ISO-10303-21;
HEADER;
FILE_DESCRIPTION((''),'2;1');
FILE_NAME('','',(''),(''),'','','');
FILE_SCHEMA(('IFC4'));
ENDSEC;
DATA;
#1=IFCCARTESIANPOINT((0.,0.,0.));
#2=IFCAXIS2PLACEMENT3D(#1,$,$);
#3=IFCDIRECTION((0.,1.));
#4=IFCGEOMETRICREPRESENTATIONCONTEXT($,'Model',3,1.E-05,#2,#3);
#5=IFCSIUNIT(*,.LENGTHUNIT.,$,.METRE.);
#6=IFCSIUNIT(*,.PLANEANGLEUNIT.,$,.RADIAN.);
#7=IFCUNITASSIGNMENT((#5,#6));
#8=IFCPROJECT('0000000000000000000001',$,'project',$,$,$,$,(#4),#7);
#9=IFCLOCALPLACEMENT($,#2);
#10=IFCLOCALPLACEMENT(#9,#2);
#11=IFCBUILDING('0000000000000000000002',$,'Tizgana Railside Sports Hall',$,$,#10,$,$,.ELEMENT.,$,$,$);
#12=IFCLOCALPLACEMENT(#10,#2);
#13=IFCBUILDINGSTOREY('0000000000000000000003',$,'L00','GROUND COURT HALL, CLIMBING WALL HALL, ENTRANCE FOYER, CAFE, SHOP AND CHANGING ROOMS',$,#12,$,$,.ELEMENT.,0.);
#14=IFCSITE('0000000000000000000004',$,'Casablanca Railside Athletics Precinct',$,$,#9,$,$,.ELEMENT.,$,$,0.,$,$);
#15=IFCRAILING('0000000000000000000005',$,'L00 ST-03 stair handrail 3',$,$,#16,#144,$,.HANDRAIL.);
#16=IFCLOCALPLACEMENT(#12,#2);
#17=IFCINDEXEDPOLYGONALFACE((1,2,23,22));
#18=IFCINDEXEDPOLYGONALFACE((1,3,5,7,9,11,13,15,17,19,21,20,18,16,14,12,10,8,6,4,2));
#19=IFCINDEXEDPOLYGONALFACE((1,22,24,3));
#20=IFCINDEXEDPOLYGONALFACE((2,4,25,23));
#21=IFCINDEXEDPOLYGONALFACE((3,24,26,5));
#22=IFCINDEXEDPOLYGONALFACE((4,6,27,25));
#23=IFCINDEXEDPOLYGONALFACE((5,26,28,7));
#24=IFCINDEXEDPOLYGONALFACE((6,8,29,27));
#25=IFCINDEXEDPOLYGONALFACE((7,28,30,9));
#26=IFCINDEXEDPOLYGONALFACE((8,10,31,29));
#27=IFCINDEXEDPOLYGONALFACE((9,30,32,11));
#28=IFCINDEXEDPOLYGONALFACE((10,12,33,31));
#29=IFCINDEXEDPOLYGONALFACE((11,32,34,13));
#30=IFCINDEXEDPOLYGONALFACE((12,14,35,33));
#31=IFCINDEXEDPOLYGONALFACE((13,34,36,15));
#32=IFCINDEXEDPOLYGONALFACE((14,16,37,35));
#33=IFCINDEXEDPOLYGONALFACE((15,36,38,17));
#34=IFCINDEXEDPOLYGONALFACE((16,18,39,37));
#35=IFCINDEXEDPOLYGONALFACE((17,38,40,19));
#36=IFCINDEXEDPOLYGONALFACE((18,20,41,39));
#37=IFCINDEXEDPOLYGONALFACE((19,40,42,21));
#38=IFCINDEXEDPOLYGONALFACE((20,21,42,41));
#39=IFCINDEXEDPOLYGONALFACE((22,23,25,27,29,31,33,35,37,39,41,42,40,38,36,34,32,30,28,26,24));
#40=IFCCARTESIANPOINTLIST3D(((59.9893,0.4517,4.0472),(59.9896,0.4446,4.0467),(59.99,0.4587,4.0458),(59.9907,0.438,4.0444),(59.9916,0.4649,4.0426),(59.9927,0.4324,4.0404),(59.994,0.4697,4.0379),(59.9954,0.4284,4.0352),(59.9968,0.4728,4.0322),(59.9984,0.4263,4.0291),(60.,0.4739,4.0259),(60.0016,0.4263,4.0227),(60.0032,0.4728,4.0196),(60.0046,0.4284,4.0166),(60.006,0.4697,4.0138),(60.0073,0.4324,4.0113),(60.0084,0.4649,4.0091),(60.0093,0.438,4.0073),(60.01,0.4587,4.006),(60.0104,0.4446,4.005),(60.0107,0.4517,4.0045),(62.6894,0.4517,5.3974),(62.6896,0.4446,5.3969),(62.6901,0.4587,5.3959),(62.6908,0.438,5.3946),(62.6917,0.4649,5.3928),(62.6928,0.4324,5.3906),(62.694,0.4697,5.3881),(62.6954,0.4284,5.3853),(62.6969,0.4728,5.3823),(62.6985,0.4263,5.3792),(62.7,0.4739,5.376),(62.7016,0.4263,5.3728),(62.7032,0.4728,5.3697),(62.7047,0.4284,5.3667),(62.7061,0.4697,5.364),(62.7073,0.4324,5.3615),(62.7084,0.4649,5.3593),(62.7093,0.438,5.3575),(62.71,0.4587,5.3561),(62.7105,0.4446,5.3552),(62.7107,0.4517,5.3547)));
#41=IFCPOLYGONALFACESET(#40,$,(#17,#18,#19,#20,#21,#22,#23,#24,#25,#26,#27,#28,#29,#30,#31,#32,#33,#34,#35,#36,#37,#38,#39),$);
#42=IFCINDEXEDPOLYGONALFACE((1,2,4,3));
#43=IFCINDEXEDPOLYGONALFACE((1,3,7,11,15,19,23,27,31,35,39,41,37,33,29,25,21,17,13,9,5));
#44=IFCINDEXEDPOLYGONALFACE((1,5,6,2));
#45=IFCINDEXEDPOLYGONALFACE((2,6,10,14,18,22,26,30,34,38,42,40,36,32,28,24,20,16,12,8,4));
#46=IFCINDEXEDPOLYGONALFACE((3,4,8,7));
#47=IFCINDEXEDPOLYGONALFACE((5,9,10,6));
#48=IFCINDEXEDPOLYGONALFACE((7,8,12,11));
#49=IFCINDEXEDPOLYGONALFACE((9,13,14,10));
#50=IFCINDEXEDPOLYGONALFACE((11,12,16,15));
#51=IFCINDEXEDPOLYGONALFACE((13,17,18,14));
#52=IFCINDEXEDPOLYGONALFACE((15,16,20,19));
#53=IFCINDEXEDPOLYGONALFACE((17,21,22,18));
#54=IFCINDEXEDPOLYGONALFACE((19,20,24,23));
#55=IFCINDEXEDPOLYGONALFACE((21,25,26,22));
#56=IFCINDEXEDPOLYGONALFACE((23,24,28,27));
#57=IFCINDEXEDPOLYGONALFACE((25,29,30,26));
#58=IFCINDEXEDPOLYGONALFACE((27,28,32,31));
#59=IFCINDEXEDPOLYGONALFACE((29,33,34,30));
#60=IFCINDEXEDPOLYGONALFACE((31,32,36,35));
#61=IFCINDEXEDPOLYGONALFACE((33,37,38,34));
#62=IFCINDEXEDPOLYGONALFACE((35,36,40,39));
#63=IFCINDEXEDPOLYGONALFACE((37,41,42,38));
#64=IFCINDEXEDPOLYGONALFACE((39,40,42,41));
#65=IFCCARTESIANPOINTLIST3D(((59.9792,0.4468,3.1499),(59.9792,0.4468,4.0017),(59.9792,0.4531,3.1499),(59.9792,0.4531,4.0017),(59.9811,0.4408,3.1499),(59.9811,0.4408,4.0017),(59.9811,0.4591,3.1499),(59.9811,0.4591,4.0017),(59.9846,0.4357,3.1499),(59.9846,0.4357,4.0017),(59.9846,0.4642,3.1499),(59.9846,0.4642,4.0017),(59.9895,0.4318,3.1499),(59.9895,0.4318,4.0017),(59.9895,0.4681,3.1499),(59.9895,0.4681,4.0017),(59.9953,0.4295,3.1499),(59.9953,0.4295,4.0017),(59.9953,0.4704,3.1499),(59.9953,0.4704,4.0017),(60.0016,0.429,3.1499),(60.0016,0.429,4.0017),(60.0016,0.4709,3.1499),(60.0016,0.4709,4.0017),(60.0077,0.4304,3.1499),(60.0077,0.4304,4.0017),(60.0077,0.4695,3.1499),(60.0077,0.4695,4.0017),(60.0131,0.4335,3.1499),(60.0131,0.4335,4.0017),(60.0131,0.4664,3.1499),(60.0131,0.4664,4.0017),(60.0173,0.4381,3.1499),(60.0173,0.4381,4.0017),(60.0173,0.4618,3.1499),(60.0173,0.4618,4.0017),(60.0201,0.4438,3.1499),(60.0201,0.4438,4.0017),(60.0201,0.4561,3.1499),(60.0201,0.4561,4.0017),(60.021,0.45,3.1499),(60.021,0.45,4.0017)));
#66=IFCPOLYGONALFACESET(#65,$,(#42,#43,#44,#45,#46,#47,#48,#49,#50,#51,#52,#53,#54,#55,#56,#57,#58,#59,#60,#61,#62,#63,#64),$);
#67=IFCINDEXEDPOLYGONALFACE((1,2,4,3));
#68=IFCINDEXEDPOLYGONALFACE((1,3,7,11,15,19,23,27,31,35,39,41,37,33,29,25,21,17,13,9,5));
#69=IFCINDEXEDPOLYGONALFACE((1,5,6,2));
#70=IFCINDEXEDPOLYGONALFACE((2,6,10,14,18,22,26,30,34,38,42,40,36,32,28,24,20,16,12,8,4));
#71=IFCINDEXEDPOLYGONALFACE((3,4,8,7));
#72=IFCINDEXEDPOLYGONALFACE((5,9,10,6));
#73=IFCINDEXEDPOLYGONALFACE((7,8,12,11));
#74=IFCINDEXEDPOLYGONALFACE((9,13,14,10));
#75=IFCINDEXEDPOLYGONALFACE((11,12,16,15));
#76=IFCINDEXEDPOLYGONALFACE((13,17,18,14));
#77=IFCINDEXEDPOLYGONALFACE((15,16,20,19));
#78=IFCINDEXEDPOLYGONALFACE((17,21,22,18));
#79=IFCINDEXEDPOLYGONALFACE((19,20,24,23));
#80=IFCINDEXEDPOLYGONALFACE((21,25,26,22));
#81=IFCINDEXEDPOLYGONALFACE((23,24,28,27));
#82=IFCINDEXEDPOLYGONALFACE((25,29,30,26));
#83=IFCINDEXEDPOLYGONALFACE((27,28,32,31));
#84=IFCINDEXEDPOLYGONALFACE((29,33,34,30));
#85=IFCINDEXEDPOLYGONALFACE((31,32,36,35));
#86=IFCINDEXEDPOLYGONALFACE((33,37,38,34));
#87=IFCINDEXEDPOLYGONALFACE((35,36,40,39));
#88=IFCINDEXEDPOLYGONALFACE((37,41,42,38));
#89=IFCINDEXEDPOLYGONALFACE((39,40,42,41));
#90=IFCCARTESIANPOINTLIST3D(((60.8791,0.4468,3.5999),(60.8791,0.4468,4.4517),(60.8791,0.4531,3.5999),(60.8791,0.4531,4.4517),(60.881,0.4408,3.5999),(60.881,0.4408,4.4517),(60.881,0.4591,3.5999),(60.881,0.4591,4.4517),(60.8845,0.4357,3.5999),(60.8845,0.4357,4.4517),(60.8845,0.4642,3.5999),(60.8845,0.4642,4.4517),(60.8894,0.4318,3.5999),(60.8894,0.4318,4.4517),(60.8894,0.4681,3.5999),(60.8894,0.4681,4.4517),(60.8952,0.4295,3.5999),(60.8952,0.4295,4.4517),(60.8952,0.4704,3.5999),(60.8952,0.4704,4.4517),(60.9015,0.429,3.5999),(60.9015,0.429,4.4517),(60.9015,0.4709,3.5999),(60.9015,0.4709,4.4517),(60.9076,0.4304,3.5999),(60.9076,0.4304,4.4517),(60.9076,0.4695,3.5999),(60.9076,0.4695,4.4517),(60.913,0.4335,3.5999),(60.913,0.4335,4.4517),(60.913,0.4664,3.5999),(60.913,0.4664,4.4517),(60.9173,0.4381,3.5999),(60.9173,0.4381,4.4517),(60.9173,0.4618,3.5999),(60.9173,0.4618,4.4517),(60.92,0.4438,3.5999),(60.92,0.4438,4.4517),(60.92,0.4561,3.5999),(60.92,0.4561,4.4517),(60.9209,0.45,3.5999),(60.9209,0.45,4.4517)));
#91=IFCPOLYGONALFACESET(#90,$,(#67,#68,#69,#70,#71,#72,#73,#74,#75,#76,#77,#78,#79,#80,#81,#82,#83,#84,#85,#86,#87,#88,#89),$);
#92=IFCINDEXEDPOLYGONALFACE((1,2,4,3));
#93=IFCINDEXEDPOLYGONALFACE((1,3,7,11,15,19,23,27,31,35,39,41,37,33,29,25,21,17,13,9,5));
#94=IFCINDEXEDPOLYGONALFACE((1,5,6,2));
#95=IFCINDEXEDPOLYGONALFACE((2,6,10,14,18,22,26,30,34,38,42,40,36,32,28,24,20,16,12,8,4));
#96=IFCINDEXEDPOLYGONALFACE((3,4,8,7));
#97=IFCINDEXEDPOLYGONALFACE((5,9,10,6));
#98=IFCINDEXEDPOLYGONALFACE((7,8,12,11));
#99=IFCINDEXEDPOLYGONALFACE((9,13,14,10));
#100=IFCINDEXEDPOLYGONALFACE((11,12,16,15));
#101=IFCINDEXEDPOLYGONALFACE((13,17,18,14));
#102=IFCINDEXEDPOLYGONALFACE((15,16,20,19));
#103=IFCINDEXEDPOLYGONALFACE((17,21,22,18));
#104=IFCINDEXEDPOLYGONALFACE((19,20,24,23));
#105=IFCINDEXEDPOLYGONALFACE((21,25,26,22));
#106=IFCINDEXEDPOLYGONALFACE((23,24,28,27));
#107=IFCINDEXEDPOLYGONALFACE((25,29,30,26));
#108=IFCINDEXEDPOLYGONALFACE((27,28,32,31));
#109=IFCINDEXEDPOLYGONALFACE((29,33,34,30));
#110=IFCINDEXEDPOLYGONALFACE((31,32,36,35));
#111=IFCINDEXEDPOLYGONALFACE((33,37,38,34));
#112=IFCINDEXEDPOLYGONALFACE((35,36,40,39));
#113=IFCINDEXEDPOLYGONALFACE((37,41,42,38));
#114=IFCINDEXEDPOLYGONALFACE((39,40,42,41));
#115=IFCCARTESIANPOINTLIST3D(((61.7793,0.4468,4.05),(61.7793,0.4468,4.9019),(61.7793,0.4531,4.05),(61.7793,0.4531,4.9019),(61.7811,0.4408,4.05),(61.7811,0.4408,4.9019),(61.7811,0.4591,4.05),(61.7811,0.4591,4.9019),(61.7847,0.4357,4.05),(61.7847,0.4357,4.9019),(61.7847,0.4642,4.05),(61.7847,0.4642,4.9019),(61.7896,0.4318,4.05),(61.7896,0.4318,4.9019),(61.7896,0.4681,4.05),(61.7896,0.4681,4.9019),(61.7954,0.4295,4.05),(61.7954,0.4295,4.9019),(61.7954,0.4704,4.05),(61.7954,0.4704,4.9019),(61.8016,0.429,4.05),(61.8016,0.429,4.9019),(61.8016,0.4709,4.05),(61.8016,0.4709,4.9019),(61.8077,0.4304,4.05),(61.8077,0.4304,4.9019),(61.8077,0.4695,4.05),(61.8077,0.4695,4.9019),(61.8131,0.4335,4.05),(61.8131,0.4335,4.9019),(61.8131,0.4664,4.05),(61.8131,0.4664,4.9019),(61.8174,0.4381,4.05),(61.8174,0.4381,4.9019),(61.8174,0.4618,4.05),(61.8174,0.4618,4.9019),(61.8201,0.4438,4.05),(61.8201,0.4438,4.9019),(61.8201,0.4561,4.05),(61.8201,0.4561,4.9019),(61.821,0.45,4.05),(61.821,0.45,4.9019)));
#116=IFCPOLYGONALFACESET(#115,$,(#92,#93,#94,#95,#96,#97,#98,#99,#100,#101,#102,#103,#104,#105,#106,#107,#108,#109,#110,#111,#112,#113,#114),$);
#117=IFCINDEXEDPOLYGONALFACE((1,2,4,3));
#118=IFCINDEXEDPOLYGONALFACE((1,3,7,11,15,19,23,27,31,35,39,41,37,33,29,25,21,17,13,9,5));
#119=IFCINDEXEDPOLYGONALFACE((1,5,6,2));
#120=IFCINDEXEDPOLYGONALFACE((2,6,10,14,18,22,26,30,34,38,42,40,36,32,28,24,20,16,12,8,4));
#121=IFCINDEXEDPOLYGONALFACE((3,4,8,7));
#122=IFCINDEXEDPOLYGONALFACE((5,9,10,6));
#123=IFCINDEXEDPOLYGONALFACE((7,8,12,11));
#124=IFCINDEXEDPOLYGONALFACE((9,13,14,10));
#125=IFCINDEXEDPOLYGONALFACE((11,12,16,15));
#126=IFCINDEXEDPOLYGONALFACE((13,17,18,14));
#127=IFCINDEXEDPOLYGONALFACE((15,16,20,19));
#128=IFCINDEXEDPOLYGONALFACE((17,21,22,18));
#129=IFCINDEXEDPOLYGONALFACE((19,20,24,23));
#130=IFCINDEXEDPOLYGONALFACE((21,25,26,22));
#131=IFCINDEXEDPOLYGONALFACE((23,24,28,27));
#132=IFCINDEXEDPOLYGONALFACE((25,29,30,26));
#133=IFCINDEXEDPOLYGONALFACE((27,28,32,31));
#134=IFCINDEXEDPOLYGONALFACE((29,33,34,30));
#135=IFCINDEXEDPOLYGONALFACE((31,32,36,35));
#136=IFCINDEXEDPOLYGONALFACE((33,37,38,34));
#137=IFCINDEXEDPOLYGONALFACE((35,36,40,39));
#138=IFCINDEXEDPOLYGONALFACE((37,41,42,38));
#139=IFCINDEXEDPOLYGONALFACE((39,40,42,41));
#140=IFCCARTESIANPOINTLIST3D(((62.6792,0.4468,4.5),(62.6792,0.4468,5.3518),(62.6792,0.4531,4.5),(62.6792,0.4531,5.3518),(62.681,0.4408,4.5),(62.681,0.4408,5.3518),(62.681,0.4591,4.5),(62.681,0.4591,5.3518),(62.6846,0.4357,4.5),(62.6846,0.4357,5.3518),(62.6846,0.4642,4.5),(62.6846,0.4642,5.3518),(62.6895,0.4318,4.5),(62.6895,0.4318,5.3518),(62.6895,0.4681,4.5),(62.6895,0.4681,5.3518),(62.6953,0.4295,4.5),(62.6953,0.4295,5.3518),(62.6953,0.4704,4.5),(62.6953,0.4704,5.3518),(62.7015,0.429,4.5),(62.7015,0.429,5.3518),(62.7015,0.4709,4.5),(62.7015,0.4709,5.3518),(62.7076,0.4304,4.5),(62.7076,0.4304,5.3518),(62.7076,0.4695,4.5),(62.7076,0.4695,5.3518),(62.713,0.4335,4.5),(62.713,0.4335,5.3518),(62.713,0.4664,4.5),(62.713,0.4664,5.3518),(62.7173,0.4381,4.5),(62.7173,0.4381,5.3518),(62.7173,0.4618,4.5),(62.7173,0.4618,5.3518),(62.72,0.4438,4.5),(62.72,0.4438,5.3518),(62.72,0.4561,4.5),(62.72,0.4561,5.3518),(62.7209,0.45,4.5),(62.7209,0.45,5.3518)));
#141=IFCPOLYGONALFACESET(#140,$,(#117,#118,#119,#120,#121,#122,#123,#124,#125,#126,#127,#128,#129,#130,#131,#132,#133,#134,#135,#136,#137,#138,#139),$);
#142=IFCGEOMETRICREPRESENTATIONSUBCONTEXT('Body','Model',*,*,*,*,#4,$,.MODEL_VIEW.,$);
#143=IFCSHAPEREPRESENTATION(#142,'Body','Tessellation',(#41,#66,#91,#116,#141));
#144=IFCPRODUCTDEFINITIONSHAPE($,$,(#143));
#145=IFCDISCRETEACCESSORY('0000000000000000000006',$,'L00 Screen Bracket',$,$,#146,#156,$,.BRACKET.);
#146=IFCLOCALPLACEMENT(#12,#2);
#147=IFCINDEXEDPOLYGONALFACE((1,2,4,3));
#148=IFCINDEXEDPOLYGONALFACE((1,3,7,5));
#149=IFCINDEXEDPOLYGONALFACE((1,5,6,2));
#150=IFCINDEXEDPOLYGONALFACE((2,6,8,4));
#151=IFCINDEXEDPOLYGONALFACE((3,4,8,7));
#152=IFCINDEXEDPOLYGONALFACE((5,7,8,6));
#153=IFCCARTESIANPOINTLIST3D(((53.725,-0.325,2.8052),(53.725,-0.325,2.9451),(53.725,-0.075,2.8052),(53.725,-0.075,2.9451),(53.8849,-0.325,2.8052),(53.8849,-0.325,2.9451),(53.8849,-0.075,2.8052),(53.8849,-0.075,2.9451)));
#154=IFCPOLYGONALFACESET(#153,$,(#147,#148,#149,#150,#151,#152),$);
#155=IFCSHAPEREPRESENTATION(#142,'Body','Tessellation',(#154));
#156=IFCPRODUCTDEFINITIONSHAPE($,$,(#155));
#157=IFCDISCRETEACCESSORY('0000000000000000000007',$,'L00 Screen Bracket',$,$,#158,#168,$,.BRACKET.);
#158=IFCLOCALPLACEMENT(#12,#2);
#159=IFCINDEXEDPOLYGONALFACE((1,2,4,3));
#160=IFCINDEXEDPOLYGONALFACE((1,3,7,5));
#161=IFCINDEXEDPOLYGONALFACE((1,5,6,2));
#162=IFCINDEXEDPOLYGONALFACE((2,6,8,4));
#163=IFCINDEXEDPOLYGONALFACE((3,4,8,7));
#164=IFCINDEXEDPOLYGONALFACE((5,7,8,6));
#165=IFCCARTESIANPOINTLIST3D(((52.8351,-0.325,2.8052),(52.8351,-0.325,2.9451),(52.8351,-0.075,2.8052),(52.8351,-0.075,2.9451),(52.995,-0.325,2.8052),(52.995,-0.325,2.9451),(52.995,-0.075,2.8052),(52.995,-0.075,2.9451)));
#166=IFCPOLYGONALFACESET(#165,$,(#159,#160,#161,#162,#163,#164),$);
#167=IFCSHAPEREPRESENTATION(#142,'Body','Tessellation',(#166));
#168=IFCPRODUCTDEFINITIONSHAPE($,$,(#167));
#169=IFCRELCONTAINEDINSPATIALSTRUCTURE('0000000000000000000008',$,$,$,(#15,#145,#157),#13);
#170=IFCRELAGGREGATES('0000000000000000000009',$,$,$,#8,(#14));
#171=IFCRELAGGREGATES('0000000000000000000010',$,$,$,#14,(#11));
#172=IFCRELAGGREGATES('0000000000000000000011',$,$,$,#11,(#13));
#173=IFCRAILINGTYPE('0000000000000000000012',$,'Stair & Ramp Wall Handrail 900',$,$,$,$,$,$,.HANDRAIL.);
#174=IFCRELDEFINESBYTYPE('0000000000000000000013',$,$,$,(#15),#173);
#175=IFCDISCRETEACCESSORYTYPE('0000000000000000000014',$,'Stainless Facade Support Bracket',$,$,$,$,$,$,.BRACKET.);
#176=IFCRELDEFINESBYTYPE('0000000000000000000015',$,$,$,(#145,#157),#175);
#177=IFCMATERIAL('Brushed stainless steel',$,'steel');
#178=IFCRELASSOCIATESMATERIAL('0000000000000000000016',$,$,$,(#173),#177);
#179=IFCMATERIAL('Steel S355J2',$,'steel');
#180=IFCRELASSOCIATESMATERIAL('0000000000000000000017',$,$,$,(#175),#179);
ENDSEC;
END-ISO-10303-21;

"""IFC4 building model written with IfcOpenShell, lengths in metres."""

from ifc_helpers import new_model, si_unit, direction, frame, origin, origin_2d, place, context, subcontext, project, spatial, rectangle, circle, extrude, material, type_object, element, save


model = new_model("IFC4")

# Units and contexts
model_context = context("Model", 3, precision=1e-05, world=origin(), true_north=direction((0.0, 1.0)))
body_context = subcontext(model_context, "Body", "Model", "MODEL_VIEW")
ifc_project = project(units=[si_unit("LENGTHUNIT", "METRE"), si_unit("PLANEANGLEUNIT", "RADIAN")], contexts=[model_context])

# Site, building, storey
site_placement = place(None, origin())
site = spatial("IfcSite", under=ifc_project, at=site_placement, Name="Casablanca Railside Athletics Precinct", CompositionType="ELEMENT", RefElevation=0.0)
building_placement = place(site_placement, origin())
building = spatial("IfcBuilding", under=site, at=building_placement, Name="Tizgana Railside Sports Hall", CompositionType="ELEMENT")
storey_placement = place(building_placement, origin())
storey = spatial("IfcBuildingStorey", under=building, at=storey_placement, Name="L00", Description="GROUND COURT HALL, CLIMBING WALL HALL, ENTRANCE FOYER, CAFE, SHOP AND CHANGING ROOMS", CompositionType="ELEMENT", Elevation=0.0)

# Shared definitions
ifc_material_1 = material(Name="Steel S355J2", Category="steel")

# Railing
ifc_material_2 = material(Name="Brushed stainless steel", Category="steel")
railing_type_1 = type_object("IfcRailingType", Name="Stair & Ramp Wall Handrail 900", PredefinedType="HANDRAIL", material=ifc_material_2)
railing_1_placement = place(storey_placement, frame((60.0, 0.45, 3.1499)))
element("IfcRailing", 1, at=railing_1_placement, inside=storey, type_object=railing_type_1, Name="L00 ST-03 stair handrail 3", PredefinedType="HANDRAIL", context=body_context, shape_type="SweptSolid", body=[
    extrude(circle(Radius=0.0239, at=origin_2d()), frame((0.0, 0.0, 0.876), z_axis=(0.894411, 0.0, 0.447246), x_axis=(0.0, 1.0, 0.0)), (0.0, 0.0, 1.0), 3.0188),
    extrude(circle(Radius=0.021, at=origin_2d()), origin(), (0.0, 0.0, 1.0), 0.8518),
    extrude(circle(Radius=0.021, at=origin_2d()), frame((0.8999, 0.0, 0.45)), (0.0, 0.0, 1.0), 0.8518),
    extrude(circle(Radius=0.021, at=origin_2d()), frame((1.8, 0.0, 0.9001)), (0.0, 0.0, 1.0), 0.8518),
    extrude(circle(Radius=0.021, at=origin_2d()), frame((2.7, 0.0, 1.3501)), (0.0, 0.0, 1.0), 0.8518),
])

# Discrete accessories
discrete_accessory_type = type_object("IfcDiscreteAccessoryType", Name="Stainless Facade Support Bracket", PredefinedType="BRACKET", material=ifc_material_1)
for number, where, z_axis, x_axis, name in (
    (2, (53.8049, -0.2, 2.8052), (0.0, 0.0, 1.0), (-1.0, 0.0, 0.0), "L00 Screen Bracket"),
    (3, (52.915, -0.2, 2.8052), (0.0, 0.0, 1.0), (-1.0, 0.0, 0.0), "L00 Screen Bracket"),
):
    element("IfcDiscreteAccessory", number, at=place(storey_placement, frame(where, z_axis=z_axis, x_axis=x_axis)), inside=storey, type_object=discrete_accessory_type, Name=name, PredefinedType="BRACKET", context=body_context, shape_type="SweptSolid", body=[
        extrude(rectangle(XDim=0.1599, YDim=0.25, at=origin_2d()), origin(), (0.0, 0.0, 1.0), 0.1399),
    ])

save(model, "model.ifc")
